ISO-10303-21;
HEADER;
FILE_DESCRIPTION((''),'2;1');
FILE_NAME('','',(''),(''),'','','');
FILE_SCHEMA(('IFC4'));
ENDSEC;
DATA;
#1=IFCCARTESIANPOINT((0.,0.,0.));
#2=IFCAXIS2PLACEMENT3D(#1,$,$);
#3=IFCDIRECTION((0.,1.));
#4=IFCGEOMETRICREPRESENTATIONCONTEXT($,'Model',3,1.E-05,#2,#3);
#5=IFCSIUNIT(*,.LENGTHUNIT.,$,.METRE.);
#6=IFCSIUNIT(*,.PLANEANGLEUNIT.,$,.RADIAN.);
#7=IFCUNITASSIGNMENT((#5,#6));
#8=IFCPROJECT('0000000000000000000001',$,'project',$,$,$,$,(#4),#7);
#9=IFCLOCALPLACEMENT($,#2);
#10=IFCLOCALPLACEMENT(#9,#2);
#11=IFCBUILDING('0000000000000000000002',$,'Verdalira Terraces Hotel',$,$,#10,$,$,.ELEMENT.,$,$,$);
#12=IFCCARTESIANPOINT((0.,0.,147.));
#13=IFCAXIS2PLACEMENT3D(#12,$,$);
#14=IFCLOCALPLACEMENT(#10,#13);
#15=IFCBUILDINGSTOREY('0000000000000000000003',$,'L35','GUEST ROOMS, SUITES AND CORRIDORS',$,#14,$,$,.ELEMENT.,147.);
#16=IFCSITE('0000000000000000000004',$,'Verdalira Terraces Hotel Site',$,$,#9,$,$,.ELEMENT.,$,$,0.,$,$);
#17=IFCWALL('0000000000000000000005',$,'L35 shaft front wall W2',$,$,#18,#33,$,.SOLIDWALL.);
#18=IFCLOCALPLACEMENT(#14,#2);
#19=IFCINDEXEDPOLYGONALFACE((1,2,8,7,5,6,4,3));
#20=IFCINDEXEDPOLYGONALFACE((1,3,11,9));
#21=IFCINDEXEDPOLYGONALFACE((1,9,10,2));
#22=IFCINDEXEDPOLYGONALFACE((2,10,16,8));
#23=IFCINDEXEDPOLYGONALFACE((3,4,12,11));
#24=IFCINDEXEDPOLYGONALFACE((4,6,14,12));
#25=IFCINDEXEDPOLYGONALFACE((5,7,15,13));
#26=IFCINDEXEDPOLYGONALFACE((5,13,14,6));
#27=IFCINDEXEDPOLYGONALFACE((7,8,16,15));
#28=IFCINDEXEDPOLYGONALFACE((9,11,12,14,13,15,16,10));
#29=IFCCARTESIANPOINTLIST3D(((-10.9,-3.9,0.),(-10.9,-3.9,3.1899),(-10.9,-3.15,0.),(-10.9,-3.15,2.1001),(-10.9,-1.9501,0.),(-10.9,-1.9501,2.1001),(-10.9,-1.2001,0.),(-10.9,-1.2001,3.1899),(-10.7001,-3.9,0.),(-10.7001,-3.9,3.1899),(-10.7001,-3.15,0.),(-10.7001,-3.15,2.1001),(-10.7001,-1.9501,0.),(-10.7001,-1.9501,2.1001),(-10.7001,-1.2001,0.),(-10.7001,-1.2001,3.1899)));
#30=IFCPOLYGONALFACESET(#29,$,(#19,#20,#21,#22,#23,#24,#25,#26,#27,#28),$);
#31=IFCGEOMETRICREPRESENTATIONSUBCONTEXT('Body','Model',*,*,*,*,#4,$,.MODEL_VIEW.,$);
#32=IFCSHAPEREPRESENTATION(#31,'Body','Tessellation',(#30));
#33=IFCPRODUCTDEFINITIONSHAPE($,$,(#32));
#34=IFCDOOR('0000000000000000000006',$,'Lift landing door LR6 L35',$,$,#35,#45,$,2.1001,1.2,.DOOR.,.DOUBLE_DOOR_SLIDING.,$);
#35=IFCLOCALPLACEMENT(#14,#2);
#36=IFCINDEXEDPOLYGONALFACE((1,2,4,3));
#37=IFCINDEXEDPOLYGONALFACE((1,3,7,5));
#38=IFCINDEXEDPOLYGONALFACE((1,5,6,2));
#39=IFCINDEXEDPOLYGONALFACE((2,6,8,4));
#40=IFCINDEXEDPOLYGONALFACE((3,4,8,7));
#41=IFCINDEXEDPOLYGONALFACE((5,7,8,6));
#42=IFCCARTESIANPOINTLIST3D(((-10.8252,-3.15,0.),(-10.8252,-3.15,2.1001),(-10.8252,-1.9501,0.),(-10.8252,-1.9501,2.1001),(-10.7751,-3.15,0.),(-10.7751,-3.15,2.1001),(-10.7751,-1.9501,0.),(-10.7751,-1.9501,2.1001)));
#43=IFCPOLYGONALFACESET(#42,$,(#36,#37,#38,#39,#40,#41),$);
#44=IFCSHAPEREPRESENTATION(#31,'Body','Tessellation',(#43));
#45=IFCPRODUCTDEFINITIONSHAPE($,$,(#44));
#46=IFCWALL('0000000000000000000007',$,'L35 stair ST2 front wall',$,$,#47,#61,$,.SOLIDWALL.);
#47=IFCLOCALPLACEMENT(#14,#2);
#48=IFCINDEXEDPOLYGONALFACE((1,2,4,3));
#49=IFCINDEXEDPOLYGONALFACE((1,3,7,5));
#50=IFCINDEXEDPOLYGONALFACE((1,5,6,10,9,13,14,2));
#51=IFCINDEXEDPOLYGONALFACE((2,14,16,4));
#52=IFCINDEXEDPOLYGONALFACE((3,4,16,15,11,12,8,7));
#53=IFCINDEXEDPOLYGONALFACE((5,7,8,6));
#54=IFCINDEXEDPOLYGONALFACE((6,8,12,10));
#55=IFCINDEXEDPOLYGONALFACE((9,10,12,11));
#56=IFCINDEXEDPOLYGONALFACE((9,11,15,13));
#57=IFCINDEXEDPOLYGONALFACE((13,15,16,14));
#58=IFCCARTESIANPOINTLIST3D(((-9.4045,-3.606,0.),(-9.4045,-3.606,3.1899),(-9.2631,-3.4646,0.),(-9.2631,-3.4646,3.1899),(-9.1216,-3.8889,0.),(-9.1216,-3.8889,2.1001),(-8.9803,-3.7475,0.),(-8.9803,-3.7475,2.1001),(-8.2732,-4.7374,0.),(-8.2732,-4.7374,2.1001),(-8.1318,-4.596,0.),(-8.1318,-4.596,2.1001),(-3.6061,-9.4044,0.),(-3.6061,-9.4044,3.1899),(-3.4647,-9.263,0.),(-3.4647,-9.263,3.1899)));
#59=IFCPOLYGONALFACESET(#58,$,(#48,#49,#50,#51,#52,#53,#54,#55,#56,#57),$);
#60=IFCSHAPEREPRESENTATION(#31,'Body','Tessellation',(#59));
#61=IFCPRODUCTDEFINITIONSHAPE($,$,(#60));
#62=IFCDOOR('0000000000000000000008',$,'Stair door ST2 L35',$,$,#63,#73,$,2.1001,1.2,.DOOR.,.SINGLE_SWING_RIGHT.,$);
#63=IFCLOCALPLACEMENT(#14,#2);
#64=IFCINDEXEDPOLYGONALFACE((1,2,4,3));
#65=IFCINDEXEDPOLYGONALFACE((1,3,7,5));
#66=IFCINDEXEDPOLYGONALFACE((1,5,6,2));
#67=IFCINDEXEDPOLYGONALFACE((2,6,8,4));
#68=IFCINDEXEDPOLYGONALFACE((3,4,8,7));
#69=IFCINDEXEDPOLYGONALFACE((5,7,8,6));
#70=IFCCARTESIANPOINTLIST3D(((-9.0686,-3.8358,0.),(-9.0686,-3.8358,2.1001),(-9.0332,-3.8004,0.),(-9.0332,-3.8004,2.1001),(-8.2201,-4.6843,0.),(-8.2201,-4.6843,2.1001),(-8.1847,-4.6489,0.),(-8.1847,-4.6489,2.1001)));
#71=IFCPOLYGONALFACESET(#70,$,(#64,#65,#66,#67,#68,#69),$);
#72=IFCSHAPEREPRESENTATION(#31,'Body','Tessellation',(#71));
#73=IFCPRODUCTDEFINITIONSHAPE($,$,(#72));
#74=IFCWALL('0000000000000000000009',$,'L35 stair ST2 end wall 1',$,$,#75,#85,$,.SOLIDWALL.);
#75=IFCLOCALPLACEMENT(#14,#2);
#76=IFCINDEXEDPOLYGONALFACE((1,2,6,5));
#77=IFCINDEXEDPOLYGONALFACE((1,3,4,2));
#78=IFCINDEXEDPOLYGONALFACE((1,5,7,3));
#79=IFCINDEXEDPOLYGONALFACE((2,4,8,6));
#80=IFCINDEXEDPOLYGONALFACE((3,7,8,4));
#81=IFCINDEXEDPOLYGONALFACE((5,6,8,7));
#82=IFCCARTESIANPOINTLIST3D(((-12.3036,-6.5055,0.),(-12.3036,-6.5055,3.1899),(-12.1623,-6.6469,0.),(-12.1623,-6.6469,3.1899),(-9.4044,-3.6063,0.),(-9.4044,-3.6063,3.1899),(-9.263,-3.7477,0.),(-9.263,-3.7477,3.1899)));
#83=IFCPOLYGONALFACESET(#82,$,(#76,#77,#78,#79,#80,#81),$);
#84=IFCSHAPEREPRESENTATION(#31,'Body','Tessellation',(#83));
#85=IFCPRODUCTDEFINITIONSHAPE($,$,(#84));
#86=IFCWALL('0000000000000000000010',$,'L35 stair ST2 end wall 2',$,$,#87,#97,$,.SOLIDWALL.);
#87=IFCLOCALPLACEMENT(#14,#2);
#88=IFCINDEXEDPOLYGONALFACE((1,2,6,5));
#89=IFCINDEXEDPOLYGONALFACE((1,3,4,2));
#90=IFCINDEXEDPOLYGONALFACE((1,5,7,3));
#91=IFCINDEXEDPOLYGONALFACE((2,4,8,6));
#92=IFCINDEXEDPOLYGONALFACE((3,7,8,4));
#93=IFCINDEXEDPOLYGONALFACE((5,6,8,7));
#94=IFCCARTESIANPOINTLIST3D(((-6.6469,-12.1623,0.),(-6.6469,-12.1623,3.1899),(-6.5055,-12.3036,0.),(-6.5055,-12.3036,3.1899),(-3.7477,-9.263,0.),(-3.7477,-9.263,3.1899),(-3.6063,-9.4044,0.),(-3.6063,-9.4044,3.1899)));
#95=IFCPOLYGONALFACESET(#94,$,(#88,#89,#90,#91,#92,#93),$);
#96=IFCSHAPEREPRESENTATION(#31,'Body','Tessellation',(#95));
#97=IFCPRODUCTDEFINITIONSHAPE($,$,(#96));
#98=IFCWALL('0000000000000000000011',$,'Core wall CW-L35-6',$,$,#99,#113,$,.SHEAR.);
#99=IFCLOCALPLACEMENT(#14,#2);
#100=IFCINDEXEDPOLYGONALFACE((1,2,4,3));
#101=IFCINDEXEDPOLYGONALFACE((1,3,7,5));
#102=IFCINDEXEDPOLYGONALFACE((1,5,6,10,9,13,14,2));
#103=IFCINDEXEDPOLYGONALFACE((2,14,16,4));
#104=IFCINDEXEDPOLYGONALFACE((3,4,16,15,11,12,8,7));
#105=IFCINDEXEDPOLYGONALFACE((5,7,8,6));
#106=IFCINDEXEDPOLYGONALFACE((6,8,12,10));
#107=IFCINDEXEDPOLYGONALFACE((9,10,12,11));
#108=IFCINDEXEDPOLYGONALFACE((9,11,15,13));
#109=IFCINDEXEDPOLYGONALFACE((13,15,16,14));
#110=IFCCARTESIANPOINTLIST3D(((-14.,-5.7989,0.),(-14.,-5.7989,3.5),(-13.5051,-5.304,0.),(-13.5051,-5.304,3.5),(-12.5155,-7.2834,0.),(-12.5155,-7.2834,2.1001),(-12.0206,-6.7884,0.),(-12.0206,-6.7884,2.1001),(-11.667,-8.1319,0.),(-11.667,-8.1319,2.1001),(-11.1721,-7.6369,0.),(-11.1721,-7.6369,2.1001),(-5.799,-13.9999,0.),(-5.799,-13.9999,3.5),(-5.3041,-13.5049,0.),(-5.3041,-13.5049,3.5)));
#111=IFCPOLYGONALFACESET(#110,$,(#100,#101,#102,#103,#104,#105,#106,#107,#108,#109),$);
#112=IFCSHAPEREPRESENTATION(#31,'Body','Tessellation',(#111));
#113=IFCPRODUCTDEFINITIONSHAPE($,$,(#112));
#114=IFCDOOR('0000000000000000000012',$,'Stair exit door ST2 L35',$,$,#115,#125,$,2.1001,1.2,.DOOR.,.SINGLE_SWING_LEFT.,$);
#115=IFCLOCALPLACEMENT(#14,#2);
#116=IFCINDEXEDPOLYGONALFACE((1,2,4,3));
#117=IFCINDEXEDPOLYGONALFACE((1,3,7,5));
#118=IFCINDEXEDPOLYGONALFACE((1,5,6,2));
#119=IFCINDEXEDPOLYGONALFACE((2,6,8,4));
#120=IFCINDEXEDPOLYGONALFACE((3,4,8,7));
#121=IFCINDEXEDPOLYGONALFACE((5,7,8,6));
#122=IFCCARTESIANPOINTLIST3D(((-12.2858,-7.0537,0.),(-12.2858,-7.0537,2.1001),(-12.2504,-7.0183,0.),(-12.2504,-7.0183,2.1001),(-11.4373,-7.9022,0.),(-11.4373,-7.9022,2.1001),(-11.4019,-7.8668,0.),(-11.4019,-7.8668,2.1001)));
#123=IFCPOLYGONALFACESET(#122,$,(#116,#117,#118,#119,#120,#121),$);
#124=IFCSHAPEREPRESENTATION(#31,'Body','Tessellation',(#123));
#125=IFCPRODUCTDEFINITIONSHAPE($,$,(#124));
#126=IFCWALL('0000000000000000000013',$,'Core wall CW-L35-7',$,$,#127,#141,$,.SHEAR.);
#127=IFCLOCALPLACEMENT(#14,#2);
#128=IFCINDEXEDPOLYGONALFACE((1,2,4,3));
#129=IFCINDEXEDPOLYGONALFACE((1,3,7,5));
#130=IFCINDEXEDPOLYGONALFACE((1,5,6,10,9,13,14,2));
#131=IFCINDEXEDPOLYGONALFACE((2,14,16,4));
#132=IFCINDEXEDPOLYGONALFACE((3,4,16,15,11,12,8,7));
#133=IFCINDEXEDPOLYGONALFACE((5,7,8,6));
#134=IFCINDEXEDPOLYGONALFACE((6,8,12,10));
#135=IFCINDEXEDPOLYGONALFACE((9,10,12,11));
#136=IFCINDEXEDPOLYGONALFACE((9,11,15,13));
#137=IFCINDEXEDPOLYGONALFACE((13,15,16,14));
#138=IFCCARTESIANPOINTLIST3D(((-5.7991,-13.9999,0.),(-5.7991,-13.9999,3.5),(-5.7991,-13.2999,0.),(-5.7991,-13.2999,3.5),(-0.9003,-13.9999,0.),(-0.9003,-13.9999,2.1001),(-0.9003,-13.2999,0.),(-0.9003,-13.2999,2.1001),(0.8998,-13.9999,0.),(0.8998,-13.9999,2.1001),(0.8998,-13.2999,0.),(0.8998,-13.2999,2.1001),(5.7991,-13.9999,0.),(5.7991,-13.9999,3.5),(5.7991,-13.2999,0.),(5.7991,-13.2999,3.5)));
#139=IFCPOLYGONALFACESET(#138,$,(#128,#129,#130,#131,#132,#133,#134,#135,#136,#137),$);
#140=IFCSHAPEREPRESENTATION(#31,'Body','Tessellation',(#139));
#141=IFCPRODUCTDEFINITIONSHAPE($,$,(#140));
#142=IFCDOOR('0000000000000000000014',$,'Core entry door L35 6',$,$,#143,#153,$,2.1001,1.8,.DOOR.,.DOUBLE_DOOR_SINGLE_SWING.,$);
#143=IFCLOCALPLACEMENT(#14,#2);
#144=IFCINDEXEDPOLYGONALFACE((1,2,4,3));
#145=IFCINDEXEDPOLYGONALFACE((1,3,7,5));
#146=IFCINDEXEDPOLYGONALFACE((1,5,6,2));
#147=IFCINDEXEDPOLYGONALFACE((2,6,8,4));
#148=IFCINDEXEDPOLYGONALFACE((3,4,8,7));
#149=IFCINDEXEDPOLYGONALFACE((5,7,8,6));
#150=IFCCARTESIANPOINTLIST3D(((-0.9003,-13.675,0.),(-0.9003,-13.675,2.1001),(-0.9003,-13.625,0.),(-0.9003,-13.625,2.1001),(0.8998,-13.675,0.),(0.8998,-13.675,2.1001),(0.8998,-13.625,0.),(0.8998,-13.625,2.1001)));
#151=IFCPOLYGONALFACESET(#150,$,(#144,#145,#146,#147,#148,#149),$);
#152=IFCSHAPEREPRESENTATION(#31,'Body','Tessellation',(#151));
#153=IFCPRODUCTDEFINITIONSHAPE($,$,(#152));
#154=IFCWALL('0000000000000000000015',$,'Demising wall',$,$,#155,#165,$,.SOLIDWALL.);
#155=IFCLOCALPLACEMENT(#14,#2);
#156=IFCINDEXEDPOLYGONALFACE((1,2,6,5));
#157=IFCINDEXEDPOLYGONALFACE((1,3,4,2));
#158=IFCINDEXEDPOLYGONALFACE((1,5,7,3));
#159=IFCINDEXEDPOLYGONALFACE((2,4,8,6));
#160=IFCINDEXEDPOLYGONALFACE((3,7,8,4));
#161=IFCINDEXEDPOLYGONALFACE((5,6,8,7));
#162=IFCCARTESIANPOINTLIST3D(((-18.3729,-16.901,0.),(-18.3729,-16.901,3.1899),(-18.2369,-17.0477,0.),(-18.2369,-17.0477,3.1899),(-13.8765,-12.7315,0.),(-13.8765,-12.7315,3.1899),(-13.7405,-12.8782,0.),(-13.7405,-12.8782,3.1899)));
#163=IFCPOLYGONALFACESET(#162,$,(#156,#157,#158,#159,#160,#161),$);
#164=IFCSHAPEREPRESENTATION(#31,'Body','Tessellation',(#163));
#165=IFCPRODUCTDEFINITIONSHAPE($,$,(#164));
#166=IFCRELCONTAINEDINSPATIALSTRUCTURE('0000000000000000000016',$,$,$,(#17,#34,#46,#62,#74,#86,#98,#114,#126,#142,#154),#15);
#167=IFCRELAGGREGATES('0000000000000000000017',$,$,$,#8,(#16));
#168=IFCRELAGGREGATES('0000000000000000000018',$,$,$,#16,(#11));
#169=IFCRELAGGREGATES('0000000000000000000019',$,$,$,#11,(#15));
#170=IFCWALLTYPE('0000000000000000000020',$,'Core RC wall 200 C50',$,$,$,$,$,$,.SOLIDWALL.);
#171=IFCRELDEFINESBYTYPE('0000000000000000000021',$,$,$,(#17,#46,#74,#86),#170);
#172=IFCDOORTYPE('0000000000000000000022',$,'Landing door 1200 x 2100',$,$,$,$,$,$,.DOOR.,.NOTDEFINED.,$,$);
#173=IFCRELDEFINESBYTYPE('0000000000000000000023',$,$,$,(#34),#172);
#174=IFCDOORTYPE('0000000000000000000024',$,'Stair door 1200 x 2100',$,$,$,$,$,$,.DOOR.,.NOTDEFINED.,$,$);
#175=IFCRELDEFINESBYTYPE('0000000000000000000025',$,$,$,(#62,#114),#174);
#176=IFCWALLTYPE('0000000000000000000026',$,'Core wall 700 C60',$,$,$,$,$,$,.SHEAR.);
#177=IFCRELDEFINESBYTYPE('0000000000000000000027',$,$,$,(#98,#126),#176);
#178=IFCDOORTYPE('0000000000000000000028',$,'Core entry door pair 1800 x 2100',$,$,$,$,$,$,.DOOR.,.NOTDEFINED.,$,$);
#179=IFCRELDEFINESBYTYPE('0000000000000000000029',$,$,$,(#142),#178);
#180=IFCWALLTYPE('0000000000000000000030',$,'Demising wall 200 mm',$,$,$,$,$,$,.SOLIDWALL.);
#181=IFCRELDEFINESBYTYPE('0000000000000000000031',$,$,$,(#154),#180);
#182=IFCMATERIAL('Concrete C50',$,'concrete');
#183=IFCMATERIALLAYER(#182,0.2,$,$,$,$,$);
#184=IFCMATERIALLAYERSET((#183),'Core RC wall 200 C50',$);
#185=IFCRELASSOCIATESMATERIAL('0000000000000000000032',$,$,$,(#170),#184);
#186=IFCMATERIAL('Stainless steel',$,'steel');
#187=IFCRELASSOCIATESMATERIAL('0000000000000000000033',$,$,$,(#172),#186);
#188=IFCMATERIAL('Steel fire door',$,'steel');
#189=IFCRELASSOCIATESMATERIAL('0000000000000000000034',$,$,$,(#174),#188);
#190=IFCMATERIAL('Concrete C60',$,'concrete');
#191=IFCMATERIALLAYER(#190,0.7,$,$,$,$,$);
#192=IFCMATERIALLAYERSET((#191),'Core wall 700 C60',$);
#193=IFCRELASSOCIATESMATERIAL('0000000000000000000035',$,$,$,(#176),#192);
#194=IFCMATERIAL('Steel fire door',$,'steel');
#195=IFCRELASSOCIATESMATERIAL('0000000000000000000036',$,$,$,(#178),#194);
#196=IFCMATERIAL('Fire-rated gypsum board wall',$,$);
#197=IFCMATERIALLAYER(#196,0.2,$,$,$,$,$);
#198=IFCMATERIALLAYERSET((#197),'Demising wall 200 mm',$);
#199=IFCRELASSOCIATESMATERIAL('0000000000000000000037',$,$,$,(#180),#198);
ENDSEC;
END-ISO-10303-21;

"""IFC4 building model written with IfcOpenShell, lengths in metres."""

from ifc_helpers import new_model, si_unit, direction, frame, frame_2d, origin, place, context, subcontext, project, spatial, rectangle, extrude, material, layer, layer_set, type_object, element, fill, save


model = new_model("IFC4")

# Units and contexts
model_context = context("Model", 3, precision=1e-05, world=origin(), true_north=direction((0.0, 1.0)))
body_context = subcontext(model_context, "Body", "Model", "MODEL_VIEW")
ifc_project = project(units=[si_unit("LENGTHUNIT", "METRE"), si_unit("PLANEANGLEUNIT", "RADIAN")], contexts=[model_context])

# Site, building, storey
site_placement = place(None, origin())
site = spatial("IfcSite", under=ifc_project, at=site_placement, Name="Verdalira Terraces Hotel Site", CompositionType="ELEMENT", RefElevation=0.0)
building_placement = place(site_placement, origin())
building = spatial("IfcBuilding", under=site, at=building_placement, Name="Verdalira Terraces Hotel", CompositionType="ELEMENT")
storey_placement = place(building_placement, frame((0.0, 0.0, 147.0)))
storey = spatial("IfcBuildingStorey", under=building, at=storey_placement, Name="L35", Description="GUEST ROOMS, SUITES AND CORRIDORS", CompositionType="ELEMENT", Elevation=147.0)

# Walls, openings, doors
ifc_material_1 = material(Name="Concrete C50", Category="concrete")
ifc_layer_1 = layer(ifc_material_1, 0.2)
ifc_layer_set_1 = layer_set([ifc_layer_1], Name="Core RC wall 200 C50")
wall_type_1 = type_object("IfcWallType", Name="Core RC wall 200 C50", PredefinedType="SOLIDWALL", material=ifc_layer_set_1)
wall_1_placement = place(storey_placement, frame((-10.8, -1.2, 0.0), z_axis=(0.0, 0.0, 1.0), x_axis=(0.0, -1.0, 0.0)))
wall_1 = element("IfcWall", 1, at=wall_1_placement, inside=storey, type_object=wall_type_1, Name="L35 shaft front wall W2", PredefinedType="SOLIDWALL", context=body_context, shape_type="SweptSolid", body=[
    extrude(rectangle(XDim=2.7, YDim=0.2, at=frame_2d((1.3501, 0.0))), origin(), (0.0, 0.0, 1.0), 3.1899),
])
opening_1_placement = place(wall_1_placement, frame((0.75, 0.0, 0.0)))
opening_1 = element("IfcOpeningElement", 2, at=opening_1_placement, cuts=wall_1, PredefinedType="OPENING", context=body_context, shape_type="SweptSolid", body=[
    extrude(rectangle(XDim=1.2, YDim=2.1001, at=frame_2d((0.6001, 1.05))), frame((0.0, 0.1099, 0.0), z_axis=(0.0, -1.0, 0.0), x_axis=(1.0, 0.0, 0.0)), (0.0, 0.0, 1.0), 0.22),
])
ifc_material_2 = material(Name="Stainless steel", Category="steel")
door_type_1 = type_object("IfcDoorType", Name="Landing door 1200 x 2100", OperationType="NOTDEFINED", PredefinedType="DOOR", material=ifc_material_2)
door_1_placement = place(opening_1_placement, origin())
door_1 = element("IfcDoor", 3, at=door_1_placement, inside=storey, type_object=door_type_1, Name="Lift landing door LR6 L35", OperationType="DOUBLE_DOOR_SLIDING", OverallHeight=2.1001, OverallWidth=1.2, PredefinedType="DOOR", context=body_context, shape_type="SweptSolid", body=[
    extrude(rectangle(XDim=1.2, YDim=2.1001, at=frame_2d((0.6001, 1.05))), frame((0.0, 0.0249, 0.0), z_axis=(0.0, -1.0, 0.0), x_axis=(1.0, 0.0, 0.0)), (0.0, 0.0, 1.0), 0.05),
])
fill(opening_1, door_1)
wall_2_placement = place(storey_placement, frame((-3.5354, -9.3337, 0.0), z_axis=(0.0, 0.0, 1.0), x_axis=(-0.707107, 0.707107, 0.0)))
wall_2 = element("IfcWall", 4, at=wall_2_placement, inside=storey, type_object=wall_type_1, Name="L35 stair ST2 front wall", PredefinedType="SOLIDWALL", context=body_context, shape_type="SweptSolid", body=[
    extrude(rectangle(XDim=8.2002, YDim=0.2, at=frame_2d((4.1001, 0.0))), origin(), (0.0, 0.0, 1.0), 3.1899),
])
opening_2_placement = place(wall_2_placement, frame((6.6001, 0.0, 0.0)))
opening_2 = element("IfcOpeningElement", 5, at=opening_2_placement, cuts=wall_2, PredefinedType="OPENING", context=body_context, shape_type="SweptSolid", body=[
    extrude(rectangle(XDim=1.2, YDim=2.1001, at=frame_2d((0.6001, 1.05))), frame((0.0, 0.1099, 0.0), z_axis=(0.0, -1.0, 0.0), x_axis=(1.0, 0.0, 0.0)), (0.0, 0.0, 1.0), 0.22),
])
ifc_material_3 = material(Name="Steel fire door", Category="steel")
door_type_2 = type_object("IfcDoorType", Name="Stair door 1200 x 2100", OperationType="NOTDEFINED", PredefinedType="DOOR", material=ifc_material_3)
door_2_placement = place(opening_2_placement, origin())
door_2 = element("IfcDoor", 6, at=door_2_placement, inside=storey, type_object=door_type_2, Name="Stair door ST2 L35", OperationType="SINGLE_SWING_RIGHT", OverallHeight=2.1001, OverallWidth=1.2, PredefinedType="DOOR", context=body_context, shape_type="SweptSolid", body=[
    extrude(rectangle(XDim=1.2, YDim=2.1001, at=frame_2d((0.6001, 1.05))), frame((0.0, 0.0249, 0.0), z_axis=(0.0, -1.0, 0.0), x_axis=(1.0, 0.0, 0.0)), (0.0, 0.0, 1.0), 0.05),
])
fill(opening_2, door_2)

# Walls
for number, where, z_axis, x_axis, name in (
    (7, (-9.3337, -3.677, 0.0), (0.0, 0.0, 1.0), (-0.707107, -0.707107, 0.0), "L35 stair ST2 end wall 1"),
    (8, (-3.677, -9.3337, 0.0), (0.0, 0.0, 1.0), (-0.707107, -0.707107, 0.0), "L35 stair ST2 end wall 2"),
):
    element("IfcWall", number, at=place(storey_placement, frame(where, z_axis=z_axis, x_axis=x_axis)), inside=storey, type_object=wall_type_1, Name=name, PredefinedType="SOLIDWALL", context=body_context, shape_type="SweptSolid", body=[
        extrude(rectangle(XDim=4.1001, YDim=0.2, at=frame_2d((2.05, 0.0))), origin(), (0.0, 0.0, 1.0), 3.1899),
    ])

# Walls, openings, doors
ifc_material_4 = material(Name="Concrete C60", Category="concrete")
ifc_layer_2 = layer(ifc_material_4, 0.7)
ifc_layer_set_2 = layer_set([ifc_layer_2], Name="Core wall 700 C60")
wall_type_2 = type_object("IfcWallType", Name="Core wall 700 C60", PredefinedType="SHEAR", material=ifc_layer_set_2)
wall_3_placement = place(storey_placement, frame((-13.7524, -5.5515, 0.0), z_axis=(0.0, 0.0, 1.0), x_axis=(0.707107, -0.707107, 0.0)))
wall_3 = element("IfcWall", 9, at=wall_3_placement, inside=storey, type_object=wall_type_2, Name="Core wall CW-L35-6", PredefinedType="SHEAR", context=body_context, shape_type="SweptSolid", body=[
    extrude(rectangle(XDim=11.5979, YDim=0.7, at=frame_2d((5.7988, 0.0))), origin(), (0.0, 0.0, 1.0), 3.5),
])
opening_3_placement = place(wall_3_placement, frame((2.0991, 0.0, 0.0)))
opening_3 = element("IfcOpeningElement", 10, at=opening_3_placement, cuts=wall_3, PredefinedType="OPENING", context=body_context, shape_type="SweptSolid", body=[
    extrude(rectangle(XDim=1.2, YDim=2.1001, at=frame_2d((0.6001, 1.05))), frame((0.0, 0.3599, 0.0), z_axis=(0.0, -1.0, 0.0), x_axis=(1.0, 0.0, 0.0)), (0.0, 0.0, 1.0), 0.72),
])
door_3_placement = place(opening_3_placement, origin())
door_3 = element("IfcDoor", 11, at=door_3_placement, inside=storey, type_object=door_type_2, Name="Stair exit door ST2 L35", OperationType="SINGLE_SWING_LEFT", OverallHeight=2.1001, OverallWidth=1.2, PredefinedType="DOOR", context=body_context, shape_type="SweptSolid", body=[
    extrude(rectangle(XDim=1.2, YDim=2.1001, at=frame_2d((0.6001, 1.05))), frame((0.0, 0.0249, 0.0), z_axis=(0.0, -1.0, 0.0), x_axis=(1.0, 0.0, 0.0)), (0.0, 0.0, 1.0), 0.05),
])
fill(opening_3, door_3)
wall_4_placement = place(storey_placement, frame((-5.7991, -13.6499, 0.0), z_axis=(0.0, 0.0, 1.0), x_axis=(1.0, 0.0, 0.0)))
wall_4 = element("IfcWall", 12, at=wall_4_placement, inside=storey, type_object=wall_type_2, Name="Core wall CW-L35-7", PredefinedType="SHEAR", context=body_context, shape_type="SweptSolid", body=[
    extrude(rectangle(XDim=11.5981, YDim=0.7, at=frame_2d((5.7991, 0.0))), origin(), (0.0, 0.0, 1.0), 3.5),
])
opening_4_placement = place(wall_4_placement, frame((4.8989, 0.0, 0.0)))
opening_4 = element("IfcOpeningElement", 13, at=opening_4_placement, cuts=wall_4, PredefinedType="OPENING", context=body_context, shape_type="SweptSolid", body=[
    extrude(rectangle(XDim=1.8, YDim=2.1001, at=frame_2d((0.8999, 1.05))), frame((0.0, 0.3599, 0.0), z_axis=(0.0, -1.0, 0.0), x_axis=(1.0, 0.0, 0.0)), (0.0, 0.0, 1.0), 0.72),
])
ifc_material_5 = material(Name="Steel fire door", Category="steel")
door_type_3 = type_object("IfcDoorType", Name="Core entry door pair 1800 x 2100", OperationType="NOTDEFINED", PredefinedType="DOOR", material=ifc_material_5)
door_4_placement = place(opening_4_placement, origin())
door_4 = element("IfcDoor", 14, at=door_4_placement, inside=storey, type_object=door_type_3, Name="Core entry door L35 6", OperationType="DOUBLE_DOOR_SINGLE_SWING", OverallHeight=2.1001, OverallWidth=1.8, PredefinedType="DOOR", context=body_context, shape_type="SweptSolid", body=[
    extrude(rectangle(XDim=1.8, YDim=2.1001, at=frame_2d((0.8999, 1.05))), frame((0.0, 0.0249, 0.0), z_axis=(0.0, -1.0, 0.0), x_axis=(1.0, 0.0, 0.0)), (0.0, 0.0, 1.0), 0.05),
])
fill(opening_4, door_4)

# Wall
ifc_material_6 = material(Name="Fire-rated gypsum board wall")
ifc_layer_3 = layer(ifc_material_6, 0.2)
ifc_layer_set_3 = layer_set([ifc_layer_3], Name="Demising wall 200 mm")
wall_type_3 = type_object("IfcWallType", Name="Demising wall 200 mm", PredefinedType="SOLIDWALL", material=ifc_layer_set_3)
wall_5_placement = place(storey_placement, frame((-13.8086, -12.8049, 0.0), z_axis=(0.0, 0.0, 1.0), x_axis=(-0.73326, -0.679949, 0.0)))
element("IfcWall", 15, at=wall_5_placement, inside=storey, type_object=wall_type_3, Name="Demising wall", PredefinedType="SOLIDWALL", context=body_context, shape_type="SweptSolid", body=[
    extrude(rectangle(XDim=6.1321, YDim=0.2, at=frame_2d((3.0659, 0.0))), origin(), (0.0, 0.0, 1.0), 3.1899),
])

save(model, "model.ifc")
